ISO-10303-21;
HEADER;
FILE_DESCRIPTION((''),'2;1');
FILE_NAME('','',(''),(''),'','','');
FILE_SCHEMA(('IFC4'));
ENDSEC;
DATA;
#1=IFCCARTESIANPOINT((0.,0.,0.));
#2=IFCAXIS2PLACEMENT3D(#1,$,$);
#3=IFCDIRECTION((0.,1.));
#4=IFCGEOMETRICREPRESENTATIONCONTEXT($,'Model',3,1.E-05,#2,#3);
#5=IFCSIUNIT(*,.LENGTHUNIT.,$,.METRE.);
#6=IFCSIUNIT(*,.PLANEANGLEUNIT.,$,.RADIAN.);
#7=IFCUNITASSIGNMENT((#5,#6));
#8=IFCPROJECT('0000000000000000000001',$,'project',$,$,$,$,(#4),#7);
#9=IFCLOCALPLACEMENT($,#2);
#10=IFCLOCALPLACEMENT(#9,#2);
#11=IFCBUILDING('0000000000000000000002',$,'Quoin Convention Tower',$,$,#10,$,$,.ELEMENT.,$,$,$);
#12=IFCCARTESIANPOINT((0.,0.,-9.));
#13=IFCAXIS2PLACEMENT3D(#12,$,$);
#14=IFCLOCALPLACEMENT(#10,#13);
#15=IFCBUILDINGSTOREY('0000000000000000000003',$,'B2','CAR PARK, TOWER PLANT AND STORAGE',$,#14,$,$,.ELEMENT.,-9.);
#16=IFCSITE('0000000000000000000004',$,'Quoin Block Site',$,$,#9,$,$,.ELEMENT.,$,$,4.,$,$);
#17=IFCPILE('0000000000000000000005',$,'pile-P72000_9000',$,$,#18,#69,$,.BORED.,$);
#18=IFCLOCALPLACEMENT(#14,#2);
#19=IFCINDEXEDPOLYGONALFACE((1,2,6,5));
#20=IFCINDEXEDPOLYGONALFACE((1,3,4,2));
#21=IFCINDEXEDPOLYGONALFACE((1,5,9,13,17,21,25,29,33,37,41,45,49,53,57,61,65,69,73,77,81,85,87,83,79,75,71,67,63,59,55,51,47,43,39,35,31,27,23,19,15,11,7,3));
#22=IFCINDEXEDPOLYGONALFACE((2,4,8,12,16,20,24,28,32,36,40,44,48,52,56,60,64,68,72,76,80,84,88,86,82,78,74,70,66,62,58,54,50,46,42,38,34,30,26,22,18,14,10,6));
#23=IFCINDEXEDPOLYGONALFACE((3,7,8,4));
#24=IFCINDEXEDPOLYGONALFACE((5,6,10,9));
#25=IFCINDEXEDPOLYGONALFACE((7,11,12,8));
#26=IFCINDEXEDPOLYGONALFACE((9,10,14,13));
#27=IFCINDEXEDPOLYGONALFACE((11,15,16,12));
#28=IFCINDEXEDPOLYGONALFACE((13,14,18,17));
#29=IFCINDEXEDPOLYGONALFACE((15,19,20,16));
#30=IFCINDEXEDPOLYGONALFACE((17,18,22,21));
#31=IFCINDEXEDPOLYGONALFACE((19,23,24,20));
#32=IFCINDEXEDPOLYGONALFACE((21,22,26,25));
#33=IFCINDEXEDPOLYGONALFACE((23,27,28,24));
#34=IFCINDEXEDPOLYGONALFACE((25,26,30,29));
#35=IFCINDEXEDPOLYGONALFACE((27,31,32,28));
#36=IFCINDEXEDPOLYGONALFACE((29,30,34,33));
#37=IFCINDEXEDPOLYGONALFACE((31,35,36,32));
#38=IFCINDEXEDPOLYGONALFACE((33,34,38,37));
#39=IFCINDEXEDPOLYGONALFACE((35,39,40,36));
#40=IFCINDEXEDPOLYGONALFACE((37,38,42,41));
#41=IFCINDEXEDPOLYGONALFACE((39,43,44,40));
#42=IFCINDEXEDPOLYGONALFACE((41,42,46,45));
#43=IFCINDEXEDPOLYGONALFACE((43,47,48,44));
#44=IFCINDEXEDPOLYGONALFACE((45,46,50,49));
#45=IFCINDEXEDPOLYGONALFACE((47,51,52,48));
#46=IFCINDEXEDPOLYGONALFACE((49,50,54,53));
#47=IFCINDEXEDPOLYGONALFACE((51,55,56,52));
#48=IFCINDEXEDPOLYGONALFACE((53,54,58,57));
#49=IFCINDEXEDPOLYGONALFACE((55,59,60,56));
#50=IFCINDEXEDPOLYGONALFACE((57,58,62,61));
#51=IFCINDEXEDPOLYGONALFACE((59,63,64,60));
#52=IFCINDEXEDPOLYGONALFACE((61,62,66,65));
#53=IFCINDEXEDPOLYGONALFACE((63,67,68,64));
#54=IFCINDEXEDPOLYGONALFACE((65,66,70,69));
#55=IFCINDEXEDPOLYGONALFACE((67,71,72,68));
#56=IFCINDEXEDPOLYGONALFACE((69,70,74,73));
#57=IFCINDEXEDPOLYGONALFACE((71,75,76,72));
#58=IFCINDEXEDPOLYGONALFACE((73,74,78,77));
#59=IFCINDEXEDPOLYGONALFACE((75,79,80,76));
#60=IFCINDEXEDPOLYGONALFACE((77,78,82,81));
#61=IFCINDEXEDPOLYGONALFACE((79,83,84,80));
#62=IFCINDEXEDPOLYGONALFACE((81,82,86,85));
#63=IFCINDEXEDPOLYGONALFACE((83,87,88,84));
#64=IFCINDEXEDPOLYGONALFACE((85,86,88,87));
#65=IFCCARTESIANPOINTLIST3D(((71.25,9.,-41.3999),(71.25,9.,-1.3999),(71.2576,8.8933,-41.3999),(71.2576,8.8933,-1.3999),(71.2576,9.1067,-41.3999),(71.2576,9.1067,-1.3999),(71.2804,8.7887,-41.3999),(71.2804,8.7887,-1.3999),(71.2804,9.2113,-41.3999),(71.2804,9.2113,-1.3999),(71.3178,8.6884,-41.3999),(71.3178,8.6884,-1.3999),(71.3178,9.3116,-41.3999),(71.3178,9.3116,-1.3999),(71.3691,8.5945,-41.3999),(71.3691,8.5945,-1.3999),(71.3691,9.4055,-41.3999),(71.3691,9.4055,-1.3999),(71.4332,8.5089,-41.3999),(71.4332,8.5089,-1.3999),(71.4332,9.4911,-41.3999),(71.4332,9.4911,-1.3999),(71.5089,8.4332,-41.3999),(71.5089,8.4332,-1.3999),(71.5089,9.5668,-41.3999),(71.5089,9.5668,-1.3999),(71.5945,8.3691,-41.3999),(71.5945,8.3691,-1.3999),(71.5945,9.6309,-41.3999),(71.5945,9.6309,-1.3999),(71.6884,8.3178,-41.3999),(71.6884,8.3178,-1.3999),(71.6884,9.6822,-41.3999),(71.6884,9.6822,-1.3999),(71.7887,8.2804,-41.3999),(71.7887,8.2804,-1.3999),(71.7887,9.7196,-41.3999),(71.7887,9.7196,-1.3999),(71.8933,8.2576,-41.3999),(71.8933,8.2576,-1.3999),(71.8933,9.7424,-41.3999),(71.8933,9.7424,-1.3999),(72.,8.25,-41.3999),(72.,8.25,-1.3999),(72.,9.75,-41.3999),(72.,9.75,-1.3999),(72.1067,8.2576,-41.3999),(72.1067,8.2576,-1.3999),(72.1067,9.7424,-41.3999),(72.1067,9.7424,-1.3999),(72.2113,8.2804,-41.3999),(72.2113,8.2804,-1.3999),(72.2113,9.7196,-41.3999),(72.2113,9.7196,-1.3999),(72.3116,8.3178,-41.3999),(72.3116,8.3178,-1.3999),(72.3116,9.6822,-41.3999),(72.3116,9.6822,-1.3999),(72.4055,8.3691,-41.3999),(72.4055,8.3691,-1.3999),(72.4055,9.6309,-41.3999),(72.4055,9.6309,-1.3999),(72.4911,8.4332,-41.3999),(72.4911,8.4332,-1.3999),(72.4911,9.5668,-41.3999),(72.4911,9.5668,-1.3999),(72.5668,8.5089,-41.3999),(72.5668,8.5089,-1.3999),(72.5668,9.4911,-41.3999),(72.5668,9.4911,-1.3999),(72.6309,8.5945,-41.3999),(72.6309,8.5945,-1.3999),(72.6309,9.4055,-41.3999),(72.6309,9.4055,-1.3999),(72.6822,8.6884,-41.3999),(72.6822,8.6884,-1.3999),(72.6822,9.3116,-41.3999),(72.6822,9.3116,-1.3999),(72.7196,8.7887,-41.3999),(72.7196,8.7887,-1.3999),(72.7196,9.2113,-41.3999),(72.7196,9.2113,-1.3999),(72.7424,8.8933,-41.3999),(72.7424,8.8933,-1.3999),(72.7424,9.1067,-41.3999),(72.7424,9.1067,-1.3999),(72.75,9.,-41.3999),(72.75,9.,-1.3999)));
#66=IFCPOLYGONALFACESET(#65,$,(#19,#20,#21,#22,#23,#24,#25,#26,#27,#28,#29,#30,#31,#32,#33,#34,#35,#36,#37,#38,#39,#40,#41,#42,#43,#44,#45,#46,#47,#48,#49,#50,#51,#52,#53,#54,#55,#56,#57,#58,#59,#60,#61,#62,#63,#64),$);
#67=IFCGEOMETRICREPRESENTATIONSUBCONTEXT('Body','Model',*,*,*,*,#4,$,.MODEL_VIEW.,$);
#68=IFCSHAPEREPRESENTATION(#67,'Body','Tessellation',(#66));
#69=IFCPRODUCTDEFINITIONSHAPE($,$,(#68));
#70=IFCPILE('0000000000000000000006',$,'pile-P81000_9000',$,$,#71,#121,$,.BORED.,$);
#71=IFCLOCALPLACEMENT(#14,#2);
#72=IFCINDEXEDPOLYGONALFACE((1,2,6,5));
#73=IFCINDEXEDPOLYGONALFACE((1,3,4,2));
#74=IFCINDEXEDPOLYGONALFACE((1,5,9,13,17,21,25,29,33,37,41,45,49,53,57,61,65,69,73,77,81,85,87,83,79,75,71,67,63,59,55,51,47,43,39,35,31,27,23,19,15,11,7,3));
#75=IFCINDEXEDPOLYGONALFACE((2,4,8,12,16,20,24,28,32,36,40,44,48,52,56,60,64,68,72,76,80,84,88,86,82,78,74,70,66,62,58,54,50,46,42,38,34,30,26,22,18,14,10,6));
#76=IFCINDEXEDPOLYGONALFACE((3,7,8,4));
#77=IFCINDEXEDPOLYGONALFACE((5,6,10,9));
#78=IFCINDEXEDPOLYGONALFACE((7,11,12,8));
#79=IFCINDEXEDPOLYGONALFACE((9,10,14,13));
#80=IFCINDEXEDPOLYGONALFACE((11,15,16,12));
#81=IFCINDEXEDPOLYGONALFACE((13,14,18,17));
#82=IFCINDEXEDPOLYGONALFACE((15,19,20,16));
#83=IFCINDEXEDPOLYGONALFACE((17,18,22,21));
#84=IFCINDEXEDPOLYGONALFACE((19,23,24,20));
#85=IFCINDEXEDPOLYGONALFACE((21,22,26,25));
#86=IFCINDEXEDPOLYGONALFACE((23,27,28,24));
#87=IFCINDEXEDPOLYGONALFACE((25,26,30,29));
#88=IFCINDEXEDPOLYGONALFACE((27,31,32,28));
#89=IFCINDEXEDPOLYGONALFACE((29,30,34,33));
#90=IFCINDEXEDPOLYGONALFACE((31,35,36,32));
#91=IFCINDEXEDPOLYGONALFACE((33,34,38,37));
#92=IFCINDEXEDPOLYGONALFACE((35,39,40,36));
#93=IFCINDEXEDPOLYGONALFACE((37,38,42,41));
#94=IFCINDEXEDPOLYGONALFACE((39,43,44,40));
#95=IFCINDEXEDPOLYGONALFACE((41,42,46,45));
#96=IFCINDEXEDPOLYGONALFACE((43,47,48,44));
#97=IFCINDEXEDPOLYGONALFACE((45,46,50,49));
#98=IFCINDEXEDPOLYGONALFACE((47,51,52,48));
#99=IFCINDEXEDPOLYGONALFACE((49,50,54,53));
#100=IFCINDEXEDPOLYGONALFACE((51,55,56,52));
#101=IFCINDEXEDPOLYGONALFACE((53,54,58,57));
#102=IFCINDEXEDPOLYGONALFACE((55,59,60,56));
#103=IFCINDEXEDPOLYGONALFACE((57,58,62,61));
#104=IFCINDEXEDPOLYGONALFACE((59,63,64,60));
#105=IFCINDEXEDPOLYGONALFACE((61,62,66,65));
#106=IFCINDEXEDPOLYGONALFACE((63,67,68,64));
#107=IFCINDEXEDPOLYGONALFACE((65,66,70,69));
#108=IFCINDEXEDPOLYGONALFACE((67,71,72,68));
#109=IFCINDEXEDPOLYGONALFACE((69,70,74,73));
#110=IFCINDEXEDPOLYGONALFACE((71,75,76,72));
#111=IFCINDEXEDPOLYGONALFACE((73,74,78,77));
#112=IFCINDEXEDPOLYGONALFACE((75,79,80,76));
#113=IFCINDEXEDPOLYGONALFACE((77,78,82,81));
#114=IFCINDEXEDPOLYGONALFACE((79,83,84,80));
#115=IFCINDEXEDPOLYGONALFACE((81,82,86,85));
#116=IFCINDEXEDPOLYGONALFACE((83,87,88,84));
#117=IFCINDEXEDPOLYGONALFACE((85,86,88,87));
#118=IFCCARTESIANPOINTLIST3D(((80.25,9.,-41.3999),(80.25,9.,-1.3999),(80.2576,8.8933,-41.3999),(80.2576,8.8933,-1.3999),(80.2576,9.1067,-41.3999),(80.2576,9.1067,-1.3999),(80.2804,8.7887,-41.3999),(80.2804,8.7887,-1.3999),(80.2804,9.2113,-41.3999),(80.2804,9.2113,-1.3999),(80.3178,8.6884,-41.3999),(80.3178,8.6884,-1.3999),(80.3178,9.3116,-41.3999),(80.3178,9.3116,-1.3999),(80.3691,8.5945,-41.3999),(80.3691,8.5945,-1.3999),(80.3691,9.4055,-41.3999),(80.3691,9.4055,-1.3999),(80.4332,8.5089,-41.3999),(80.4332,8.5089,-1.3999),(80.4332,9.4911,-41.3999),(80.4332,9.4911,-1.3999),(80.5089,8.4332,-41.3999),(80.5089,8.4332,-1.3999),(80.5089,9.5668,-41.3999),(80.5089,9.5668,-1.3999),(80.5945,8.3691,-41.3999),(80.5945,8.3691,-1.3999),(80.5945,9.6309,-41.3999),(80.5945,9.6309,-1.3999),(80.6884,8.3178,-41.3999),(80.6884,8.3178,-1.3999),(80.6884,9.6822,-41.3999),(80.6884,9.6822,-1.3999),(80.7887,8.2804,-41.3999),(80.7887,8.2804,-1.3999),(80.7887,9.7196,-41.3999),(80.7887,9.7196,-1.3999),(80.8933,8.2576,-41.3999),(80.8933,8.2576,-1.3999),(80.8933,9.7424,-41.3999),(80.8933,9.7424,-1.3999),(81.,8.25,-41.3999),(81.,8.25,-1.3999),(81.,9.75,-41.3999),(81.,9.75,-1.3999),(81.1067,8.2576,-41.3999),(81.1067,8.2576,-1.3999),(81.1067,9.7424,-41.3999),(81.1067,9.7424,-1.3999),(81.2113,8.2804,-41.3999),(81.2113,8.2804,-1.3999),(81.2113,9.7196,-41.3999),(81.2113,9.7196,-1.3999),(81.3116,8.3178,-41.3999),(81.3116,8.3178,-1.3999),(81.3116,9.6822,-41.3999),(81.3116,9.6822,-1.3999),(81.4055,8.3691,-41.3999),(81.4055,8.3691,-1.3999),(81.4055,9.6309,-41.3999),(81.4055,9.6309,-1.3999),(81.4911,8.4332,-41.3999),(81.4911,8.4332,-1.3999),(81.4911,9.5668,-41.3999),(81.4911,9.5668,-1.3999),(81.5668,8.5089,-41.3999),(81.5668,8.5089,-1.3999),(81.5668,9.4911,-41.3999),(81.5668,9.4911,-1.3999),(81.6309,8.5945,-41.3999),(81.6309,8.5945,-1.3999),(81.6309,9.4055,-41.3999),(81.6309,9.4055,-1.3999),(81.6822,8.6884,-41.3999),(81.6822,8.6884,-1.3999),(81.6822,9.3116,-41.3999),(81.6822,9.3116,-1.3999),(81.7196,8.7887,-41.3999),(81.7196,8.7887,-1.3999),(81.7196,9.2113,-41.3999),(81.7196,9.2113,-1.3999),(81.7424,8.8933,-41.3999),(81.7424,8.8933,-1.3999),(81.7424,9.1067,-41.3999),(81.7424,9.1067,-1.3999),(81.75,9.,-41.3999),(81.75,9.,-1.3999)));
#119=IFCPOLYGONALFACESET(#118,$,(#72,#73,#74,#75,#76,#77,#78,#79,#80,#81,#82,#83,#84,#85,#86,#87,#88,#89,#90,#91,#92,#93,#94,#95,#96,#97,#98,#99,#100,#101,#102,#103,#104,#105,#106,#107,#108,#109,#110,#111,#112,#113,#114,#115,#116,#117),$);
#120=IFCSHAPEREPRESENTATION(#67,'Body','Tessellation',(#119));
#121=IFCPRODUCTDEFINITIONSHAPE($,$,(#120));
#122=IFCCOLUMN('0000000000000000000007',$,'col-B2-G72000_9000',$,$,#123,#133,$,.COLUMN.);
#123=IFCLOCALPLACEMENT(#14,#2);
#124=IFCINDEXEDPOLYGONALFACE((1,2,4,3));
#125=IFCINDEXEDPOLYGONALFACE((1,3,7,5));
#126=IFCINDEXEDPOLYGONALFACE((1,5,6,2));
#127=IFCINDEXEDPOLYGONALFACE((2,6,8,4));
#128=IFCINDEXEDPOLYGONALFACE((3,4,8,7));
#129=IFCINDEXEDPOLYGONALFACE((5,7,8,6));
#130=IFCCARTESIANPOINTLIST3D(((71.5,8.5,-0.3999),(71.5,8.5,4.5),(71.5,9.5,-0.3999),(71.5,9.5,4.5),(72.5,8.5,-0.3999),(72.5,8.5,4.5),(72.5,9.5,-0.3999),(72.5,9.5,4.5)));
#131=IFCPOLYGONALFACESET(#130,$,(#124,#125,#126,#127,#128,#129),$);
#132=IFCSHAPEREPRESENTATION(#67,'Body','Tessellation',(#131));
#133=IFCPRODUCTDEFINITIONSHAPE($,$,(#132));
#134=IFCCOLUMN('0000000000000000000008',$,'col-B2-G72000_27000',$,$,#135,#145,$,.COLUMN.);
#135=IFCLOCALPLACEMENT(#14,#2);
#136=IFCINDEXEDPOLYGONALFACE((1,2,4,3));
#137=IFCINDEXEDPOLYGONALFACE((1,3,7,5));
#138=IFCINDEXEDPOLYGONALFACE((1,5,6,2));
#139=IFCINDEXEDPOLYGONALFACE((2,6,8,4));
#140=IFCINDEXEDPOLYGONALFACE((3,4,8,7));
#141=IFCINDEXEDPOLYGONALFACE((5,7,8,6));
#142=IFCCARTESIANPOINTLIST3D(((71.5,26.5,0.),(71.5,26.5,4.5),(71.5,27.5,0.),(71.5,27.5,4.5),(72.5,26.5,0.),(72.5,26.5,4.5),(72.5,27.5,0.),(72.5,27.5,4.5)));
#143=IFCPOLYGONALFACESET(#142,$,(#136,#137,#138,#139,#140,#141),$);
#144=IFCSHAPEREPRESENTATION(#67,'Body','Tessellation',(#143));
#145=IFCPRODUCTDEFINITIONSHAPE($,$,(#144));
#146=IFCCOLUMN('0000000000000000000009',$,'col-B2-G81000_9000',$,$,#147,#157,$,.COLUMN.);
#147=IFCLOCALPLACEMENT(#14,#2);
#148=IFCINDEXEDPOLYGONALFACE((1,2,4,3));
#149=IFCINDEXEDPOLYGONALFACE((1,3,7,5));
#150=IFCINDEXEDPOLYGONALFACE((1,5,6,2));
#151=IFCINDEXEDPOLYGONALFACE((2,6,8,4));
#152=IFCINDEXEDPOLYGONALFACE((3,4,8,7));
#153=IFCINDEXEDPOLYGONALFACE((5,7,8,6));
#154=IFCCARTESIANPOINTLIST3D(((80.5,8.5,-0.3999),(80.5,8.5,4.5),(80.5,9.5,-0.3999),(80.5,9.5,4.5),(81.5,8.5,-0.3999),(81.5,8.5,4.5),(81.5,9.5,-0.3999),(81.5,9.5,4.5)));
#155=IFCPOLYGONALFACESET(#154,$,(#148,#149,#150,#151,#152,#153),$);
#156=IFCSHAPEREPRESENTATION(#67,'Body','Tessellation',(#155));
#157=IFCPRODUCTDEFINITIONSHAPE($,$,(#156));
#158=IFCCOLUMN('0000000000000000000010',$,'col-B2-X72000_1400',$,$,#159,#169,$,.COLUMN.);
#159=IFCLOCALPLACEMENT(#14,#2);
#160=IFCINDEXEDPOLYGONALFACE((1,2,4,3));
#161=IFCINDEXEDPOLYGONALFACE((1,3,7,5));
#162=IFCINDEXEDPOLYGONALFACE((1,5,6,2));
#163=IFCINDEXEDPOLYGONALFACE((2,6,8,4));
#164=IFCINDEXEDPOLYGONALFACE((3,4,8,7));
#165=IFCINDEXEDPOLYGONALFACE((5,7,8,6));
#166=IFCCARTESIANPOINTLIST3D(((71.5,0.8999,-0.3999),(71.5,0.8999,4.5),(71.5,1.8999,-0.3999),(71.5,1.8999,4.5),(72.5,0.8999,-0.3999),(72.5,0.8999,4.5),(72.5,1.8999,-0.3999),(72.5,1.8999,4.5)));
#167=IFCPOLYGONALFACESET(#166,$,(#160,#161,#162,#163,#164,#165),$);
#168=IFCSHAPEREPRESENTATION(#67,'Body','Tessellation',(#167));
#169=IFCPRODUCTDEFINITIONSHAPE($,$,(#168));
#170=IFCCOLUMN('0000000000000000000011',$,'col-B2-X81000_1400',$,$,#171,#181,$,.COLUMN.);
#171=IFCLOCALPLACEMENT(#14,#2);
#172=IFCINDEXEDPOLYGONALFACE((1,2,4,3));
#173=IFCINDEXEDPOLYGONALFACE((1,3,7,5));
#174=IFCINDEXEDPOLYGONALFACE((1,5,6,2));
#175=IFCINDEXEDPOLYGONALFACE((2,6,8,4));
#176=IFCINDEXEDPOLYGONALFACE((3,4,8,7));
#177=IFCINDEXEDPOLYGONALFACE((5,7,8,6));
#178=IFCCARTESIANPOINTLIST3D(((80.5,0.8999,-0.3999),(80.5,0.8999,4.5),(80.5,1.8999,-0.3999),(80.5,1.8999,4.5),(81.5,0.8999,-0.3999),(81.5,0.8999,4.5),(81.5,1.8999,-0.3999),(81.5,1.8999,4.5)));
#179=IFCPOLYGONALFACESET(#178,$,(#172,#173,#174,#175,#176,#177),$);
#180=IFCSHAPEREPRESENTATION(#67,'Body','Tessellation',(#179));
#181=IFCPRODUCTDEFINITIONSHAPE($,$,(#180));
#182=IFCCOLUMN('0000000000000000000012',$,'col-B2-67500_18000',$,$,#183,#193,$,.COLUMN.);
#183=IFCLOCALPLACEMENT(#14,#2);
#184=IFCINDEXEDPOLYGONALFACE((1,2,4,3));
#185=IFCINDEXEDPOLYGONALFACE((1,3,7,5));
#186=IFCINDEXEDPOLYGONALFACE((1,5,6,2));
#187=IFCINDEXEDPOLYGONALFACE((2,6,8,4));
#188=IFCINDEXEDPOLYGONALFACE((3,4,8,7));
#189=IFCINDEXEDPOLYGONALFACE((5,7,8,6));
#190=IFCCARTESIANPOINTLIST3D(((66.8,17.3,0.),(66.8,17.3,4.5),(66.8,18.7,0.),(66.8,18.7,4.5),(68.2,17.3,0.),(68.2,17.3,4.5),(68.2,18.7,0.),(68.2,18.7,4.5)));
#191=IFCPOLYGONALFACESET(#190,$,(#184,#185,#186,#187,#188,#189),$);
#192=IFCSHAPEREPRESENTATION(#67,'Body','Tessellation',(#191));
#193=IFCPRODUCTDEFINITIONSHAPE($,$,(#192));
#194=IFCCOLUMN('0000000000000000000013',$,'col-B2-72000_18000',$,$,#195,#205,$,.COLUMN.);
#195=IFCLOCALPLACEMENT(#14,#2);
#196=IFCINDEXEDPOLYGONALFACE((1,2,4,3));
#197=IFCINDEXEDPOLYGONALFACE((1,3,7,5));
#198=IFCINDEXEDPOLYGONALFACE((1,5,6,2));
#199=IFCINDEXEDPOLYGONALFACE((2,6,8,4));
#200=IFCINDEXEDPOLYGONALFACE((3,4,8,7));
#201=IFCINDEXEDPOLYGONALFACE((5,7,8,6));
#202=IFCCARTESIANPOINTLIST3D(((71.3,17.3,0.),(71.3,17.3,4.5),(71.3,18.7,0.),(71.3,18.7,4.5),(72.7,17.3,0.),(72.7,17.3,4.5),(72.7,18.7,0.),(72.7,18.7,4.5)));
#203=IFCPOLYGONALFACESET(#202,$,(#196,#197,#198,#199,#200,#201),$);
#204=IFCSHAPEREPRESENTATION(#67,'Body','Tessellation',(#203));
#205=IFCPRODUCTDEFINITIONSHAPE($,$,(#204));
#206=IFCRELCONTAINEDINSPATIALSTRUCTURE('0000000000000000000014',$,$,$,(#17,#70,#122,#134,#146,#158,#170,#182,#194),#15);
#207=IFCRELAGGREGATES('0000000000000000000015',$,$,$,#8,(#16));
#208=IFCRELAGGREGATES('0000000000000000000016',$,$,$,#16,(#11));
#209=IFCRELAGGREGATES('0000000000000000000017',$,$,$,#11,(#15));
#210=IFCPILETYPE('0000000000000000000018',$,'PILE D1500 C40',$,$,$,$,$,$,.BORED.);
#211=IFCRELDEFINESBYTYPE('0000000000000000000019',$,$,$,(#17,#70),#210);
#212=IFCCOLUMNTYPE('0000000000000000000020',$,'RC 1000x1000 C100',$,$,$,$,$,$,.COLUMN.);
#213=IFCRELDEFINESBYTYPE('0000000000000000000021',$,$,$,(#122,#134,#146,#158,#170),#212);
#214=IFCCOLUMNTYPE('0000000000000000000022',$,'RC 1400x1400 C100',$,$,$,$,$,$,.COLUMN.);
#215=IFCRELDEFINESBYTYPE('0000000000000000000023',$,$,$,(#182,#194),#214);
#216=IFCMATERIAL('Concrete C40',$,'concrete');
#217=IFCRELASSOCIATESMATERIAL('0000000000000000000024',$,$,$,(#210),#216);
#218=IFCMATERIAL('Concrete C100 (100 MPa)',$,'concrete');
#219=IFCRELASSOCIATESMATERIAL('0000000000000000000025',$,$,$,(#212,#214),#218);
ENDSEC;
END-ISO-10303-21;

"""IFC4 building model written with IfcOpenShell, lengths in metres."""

from ifc_helpers import new_model, si_unit, direction, frame, origin, origin_2d, place, context, subcontext, project, spatial, rectangle, circle, extrude, material, material_profile, profile_set, type_object, element, save


model = new_model("IFC4")

# Units and contexts
model_context = context("Model", 3, precision=1e-05, world=origin(), true_north=direction((0.0, 1.0)))
body_context = subcontext(model_context, "Body", "Model", "MODEL_VIEW")
ifc_project = project(units=[si_unit("LENGTHUNIT", "METRE"), si_unit("PLANEANGLEUNIT", "RADIAN")], contexts=[model_context])

# Site, building, storey
site_placement = place(None, origin())
site = spatial("IfcSite", under=ifc_project, at=site_placement, Name="Quoin Block Site", CompositionType="ELEMENT", RefElevation=4.0)
building_placement = place(site_placement, origin())
building = spatial("IfcBuilding", under=site, at=building_placement, Name="Quoin Convention Tower", CompositionType="ELEMENT")
storey_placement = place(building_placement, frame((0.0, 0.0, -9.0)))
storey = spatial("IfcBuildingStorey", under=building, at=storey_placement, Name="B2", Description="CAR PARK, TOWER PLANT AND STORAGE", CompositionType="ELEMENT", Elevation=-9.0)

# Piles
ifc_material_1 = material(Name="Concrete C40", Category="concrete")
ifc_material_profile_1 = material_profile(ifc_material_1, circle(Radius=0.75, at=origin_2d()), Name="D1500")
ifc_profile_set_1 = profile_set([ifc_material_profile_1], Name="Concrete C40")
pile_type = type_object("IfcPileType", Name="PILE D1500 C40", PredefinedType="BORED", material=ifc_profile_set_1)
for number, where, z_axis, x_axis, name in (
    (1, (72.0, 9.0, -1.3999), (0.0, 0.0, -1.0), (1.0, 0.0, 0.0), "pile-P72000_9000"),
    (2, (81.0, 9.0, -1.3999), (0.0, 0.0, -1.0), (1.0, 0.0, 0.0), "pile-P81000_9000"),
):
    element("IfcPile", number, at=place(storey_placement, frame(where, z_axis=z_axis, x_axis=x_axis)), inside=storey, type_object=pile_type, Name=name, PredefinedType="BORED", context=body_context, shape_type="SweptSolid", body=[
        extrude(circle(Radius=0.75, at=origin_2d()), origin(), (0.0, 0.0, 1.0), 40.0),
    ])

# Columns
ifc_material_2 = material(Name="Concrete C100 (100 MPa)", Category="concrete")
ifc_material_profile_2 = material_profile(ifc_material_2, rectangle(XDim=1.0, YDim=1.0, at=origin_2d()), Name="RC 1000x1000")
ifc_profile_set_2 = profile_set([ifc_material_profile_2], Name="Concrete C100 (100 MPa)")
column_type_1 = type_object("IfcColumnType", Name="RC 1000x1000 C100", PredefinedType="COLUMN", material=ifc_profile_set_2)
column_1_placement = place(storey_placement, frame((72.0, 9.0, -0.3999), z_axis=(0.0, 0.0, 1.0), x_axis=(1.0, 0.0, 0.0)))
element("IfcColumn", 3, at=column_1_placement, inside=storey, type_object=column_type_1, Name="col-B2-G72000_9000", PredefinedType="COLUMN", context=body_context, shape_type="SweptSolid", body=[
    extrude(rectangle(XDim=1.0, YDim=1.0, at=origin_2d()), origin(), (0.0, 0.0, 1.0), 4.8999),
])
column_2_placement = place(storey_placement, frame((72.0, 27.0, 0.0), z_axis=(0.0, 0.0, 1.0), x_axis=(1.0, 0.0, 0.0)))
element("IfcColumn", 4, at=column_2_placement, inside=storey, type_object=column_type_1, Name="col-B2-G72000_27000", PredefinedType="COLUMN", context=body_context, shape_type="SweptSolid", body=[
    extrude(rectangle(XDim=1.0, YDim=1.0, at=origin_2d()), origin(), (0.0, 0.0, 1.0), 4.5),
])
for number, where, z_axis, x_axis, name in (
    (5, (81.0, 9.0, -0.3999), (0.0, 0.0, 1.0), (1.0, 0.0, 0.0), "col-B2-G81000_9000"),
    (6, (72.0, 1.3999, -0.3999), (0.0, 0.0, 1.0), (1.0, 0.0, 0.0), "col-B2-X72000_1400"),
    (7, (81.0, 1.3999, -0.3999), (0.0, 0.0, 1.0), (1.0, 0.0, 0.0), "col-B2-X81000_1400"),
):
    element("IfcColumn", number, at=place(storey_placement, frame(where, z_axis=z_axis, x_axis=x_axis)), inside=storey, type_object=column_type_1, Name=name, PredefinedType="COLUMN", context=body_context, shape_type="SweptSolid", body=[
        extrude(rectangle(XDim=1.0, YDim=1.0, at=origin_2d()), origin(), (0.0, 0.0, 1.0), 4.8999),
    ])
ifc_material_profile_3 = material_profile(ifc_material_2, rectangle(XDim=1.3999, YDim=1.3999, at=origin_2d()), Name="RC 1400x1400")
ifc_profile_set_3 = profile_set([ifc_material_profile_3], Name="Concrete C100 (100 MPa)")
column_type_2 = type_object("IfcColumnType", Name="RC 1400x1400 C100", PredefinedType="COLUMN", material=ifc_profile_set_3)
for number, where, z_axis, x_axis, name in (
    (8, (67.5, 18.0, 0.0), (0.0, 0.0, 1.0), (1.0, 0.0, 0.0), "col-B2-67500_18000"),
    (9, (72.0, 18.0, 0.0), (0.0, 0.0, 1.0), (1.0, 0.0, 0.0), "col-B2-72000_18000"),
):
    element("IfcColumn", number, at=place(storey_placement, frame(where, z_axis=z_axis, x_axis=x_axis)), inside=storey, type_object=column_type_2, Name=name, PredefinedType="COLUMN", context=body_context, shape_type="SweptSolid", body=[
        extrude(rectangle(XDim=1.3999, YDim=1.3999, at=origin_2d()), origin(), (0.0, 0.0, 1.0), 4.5),
    ])

save(model, "model.ifc")
